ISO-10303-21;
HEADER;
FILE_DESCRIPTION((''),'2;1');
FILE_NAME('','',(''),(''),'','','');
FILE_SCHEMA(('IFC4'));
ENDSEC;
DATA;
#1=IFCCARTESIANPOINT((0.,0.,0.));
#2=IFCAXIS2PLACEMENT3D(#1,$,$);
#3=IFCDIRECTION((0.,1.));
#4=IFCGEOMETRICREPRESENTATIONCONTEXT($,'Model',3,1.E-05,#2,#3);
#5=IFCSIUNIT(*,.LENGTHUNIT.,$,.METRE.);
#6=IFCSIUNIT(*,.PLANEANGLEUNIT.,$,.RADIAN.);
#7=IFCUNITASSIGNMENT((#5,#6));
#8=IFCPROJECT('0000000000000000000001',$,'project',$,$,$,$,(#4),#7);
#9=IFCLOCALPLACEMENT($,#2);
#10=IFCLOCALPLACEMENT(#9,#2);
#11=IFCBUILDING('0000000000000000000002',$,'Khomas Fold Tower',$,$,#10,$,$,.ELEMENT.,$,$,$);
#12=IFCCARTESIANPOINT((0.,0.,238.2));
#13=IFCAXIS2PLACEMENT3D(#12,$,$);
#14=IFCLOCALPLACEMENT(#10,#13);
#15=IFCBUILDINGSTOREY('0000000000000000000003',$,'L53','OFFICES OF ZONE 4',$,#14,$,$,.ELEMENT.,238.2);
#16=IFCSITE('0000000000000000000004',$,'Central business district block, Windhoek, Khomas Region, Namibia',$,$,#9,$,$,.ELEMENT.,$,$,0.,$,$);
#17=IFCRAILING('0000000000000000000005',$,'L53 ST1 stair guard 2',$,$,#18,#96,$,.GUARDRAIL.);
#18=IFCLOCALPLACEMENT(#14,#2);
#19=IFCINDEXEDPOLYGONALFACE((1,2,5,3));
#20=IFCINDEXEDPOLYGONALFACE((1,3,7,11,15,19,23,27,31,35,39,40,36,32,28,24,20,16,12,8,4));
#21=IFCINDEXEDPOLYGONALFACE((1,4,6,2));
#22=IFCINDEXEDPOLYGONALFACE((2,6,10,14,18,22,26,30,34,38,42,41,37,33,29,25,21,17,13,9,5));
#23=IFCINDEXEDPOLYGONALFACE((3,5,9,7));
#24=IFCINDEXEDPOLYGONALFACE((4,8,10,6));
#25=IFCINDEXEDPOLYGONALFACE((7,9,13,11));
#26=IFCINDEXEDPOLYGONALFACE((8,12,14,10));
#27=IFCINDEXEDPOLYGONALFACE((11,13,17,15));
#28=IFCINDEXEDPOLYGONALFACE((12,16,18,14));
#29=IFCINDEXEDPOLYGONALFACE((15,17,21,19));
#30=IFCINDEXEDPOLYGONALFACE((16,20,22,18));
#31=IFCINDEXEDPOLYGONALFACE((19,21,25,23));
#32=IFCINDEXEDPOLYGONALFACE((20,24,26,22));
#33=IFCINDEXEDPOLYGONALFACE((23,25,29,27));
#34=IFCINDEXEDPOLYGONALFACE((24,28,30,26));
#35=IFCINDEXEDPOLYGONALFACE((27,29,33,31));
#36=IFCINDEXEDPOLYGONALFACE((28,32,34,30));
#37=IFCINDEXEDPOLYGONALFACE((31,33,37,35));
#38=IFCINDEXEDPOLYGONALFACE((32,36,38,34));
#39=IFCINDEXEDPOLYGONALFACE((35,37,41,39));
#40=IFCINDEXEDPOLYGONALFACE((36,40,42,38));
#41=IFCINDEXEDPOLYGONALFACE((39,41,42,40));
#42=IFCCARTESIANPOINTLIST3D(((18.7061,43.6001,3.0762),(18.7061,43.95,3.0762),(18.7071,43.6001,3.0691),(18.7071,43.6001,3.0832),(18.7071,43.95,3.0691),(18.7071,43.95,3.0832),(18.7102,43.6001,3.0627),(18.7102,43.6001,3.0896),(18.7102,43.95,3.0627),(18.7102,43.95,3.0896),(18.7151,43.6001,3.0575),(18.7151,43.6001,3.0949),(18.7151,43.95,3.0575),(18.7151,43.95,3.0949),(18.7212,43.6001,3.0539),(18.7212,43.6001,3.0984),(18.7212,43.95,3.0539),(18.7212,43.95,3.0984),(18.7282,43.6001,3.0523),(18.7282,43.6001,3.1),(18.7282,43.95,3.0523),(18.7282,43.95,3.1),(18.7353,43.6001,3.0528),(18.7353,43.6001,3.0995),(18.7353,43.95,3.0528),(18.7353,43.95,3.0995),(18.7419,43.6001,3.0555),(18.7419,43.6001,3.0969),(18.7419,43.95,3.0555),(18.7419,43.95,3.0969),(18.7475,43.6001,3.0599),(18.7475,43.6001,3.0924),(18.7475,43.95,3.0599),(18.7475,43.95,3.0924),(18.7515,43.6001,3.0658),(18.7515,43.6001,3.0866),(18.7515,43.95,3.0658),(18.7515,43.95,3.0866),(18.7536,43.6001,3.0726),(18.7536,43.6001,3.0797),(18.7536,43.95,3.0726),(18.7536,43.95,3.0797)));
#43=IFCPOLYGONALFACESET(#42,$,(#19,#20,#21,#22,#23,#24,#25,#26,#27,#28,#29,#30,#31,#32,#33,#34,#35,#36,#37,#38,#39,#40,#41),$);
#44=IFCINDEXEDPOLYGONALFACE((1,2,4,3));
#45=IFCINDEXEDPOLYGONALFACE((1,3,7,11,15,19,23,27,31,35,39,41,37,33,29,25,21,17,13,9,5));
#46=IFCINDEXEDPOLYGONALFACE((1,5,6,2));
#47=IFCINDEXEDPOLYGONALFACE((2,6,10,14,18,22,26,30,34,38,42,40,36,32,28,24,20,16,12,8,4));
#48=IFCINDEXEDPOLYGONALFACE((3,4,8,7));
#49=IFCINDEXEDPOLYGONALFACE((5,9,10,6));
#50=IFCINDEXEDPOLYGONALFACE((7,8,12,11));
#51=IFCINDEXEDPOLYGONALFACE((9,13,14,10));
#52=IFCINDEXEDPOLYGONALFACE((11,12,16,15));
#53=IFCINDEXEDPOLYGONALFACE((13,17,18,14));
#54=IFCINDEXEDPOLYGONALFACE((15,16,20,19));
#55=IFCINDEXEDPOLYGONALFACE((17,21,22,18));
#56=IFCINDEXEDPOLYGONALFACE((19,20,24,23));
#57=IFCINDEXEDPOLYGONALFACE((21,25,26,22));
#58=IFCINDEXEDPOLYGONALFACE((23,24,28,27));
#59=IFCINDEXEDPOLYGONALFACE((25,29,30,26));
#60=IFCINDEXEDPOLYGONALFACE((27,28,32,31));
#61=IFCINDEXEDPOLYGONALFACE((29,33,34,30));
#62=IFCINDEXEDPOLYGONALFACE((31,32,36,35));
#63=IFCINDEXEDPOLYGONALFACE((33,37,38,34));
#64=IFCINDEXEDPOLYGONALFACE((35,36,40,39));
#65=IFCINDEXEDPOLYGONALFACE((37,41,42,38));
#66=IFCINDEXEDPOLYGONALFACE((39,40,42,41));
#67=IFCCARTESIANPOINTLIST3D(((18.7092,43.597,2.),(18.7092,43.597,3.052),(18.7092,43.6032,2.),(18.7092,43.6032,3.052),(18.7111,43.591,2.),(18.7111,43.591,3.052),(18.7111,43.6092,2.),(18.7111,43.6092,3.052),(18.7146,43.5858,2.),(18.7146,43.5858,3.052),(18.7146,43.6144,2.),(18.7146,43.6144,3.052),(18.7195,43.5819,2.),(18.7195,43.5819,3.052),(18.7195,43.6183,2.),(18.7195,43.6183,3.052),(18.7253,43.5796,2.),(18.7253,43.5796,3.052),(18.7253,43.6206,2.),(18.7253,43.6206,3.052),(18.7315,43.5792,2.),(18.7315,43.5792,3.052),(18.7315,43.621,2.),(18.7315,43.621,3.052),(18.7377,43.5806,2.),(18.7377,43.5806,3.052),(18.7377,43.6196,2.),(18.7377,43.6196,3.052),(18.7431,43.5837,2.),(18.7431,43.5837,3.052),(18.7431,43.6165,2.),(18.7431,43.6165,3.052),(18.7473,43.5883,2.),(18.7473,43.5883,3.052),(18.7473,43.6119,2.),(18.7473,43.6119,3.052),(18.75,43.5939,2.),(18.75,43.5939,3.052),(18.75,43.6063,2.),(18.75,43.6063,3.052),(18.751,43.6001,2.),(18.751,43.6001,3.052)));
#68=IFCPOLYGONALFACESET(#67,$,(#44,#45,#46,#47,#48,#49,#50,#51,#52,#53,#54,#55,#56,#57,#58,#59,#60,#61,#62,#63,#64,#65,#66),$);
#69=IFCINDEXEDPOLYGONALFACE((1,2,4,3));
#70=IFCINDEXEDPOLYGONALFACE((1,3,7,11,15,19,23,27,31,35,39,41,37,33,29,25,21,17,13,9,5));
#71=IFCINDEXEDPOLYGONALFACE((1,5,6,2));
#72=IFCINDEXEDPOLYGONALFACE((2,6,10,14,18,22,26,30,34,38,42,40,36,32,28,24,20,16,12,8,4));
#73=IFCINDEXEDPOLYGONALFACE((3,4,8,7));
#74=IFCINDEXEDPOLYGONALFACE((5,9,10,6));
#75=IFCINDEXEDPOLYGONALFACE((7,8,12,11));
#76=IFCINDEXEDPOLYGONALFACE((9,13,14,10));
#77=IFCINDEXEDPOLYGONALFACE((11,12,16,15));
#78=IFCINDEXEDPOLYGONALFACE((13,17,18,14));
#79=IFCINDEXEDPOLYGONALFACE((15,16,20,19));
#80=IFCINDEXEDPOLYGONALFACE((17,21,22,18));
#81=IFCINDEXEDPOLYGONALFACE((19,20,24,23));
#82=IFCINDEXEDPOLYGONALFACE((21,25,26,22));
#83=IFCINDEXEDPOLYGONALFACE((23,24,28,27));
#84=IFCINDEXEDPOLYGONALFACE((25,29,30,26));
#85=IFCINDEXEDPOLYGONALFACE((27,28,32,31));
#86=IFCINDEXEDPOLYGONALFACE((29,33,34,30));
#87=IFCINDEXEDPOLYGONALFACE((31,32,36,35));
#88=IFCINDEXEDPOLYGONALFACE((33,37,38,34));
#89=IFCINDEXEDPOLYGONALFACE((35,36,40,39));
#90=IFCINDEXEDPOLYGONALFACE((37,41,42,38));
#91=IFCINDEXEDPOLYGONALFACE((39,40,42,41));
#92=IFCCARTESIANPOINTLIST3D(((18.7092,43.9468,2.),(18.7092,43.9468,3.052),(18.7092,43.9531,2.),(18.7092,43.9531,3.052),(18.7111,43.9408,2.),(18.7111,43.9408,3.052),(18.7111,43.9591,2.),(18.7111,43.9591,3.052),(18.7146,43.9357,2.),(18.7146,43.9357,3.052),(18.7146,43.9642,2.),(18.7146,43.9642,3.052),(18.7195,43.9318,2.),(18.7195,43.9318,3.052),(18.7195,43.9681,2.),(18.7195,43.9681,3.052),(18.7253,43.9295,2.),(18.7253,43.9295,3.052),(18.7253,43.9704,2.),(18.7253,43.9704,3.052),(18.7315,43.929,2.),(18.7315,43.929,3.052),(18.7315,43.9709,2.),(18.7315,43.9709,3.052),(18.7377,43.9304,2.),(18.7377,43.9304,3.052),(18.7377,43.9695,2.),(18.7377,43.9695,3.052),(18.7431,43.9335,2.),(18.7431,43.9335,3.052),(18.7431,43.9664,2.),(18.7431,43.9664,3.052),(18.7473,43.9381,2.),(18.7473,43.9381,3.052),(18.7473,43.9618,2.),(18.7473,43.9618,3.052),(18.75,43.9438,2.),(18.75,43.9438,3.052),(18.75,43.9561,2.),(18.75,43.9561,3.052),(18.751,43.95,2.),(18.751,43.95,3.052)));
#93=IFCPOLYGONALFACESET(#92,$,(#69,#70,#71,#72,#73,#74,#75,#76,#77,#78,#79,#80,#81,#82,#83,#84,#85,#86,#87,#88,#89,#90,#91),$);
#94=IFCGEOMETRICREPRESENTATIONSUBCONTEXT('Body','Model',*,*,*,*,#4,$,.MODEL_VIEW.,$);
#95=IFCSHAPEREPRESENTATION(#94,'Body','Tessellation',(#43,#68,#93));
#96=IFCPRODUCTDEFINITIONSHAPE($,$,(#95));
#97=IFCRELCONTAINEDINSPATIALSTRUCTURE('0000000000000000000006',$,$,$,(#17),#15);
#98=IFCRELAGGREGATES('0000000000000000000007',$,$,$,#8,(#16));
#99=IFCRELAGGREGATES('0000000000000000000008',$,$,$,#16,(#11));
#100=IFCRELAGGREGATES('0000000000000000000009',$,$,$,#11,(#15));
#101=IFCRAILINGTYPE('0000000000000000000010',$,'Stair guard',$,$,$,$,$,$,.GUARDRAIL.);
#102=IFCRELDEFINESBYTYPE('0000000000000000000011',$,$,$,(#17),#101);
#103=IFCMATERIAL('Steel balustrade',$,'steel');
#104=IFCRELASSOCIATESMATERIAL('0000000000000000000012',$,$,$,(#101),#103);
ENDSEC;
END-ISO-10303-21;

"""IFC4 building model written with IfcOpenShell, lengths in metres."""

from ifc_helpers import new_model, si_unit, direction, frame, origin, origin_2d, place, context, subcontext, project, spatial, circle, extrude, source, transform, mapped, material, type_object, element, save


model = new_model("IFC4")

# Units and contexts
model_context = context("Model", 3, precision=1e-05, world=origin(), true_north=direction((0.0, 1.0)))
body_context = subcontext(model_context, "Body", "Model", "MODEL_VIEW")
ifc_project = project(units=[si_unit("LENGTHUNIT", "METRE"), si_unit("PLANEANGLEUNIT", "RADIAN")], contexts=[model_context])

# Site, building, storey
site_placement = place(None, origin())
site = spatial("IfcSite", under=ifc_project, at=site_placement, Name="Central business district block, Windhoek, Khomas Region, Namibia", CompositionType="ELEMENT", RefElevation=0.0)
building_placement = place(site_placement, origin())
building = spatial("IfcBuilding", under=site, at=building_placement, Name="Khomas Fold Tower", CompositionType="ELEMENT")
storey_placement = place(building_placement, frame((0.0, 0.0, 238.2)))
storey = spatial("IfcBuildingStorey", under=building, at=storey_placement, Name="L53", Description="OFFICES OF ZONE 4", CompositionType="ELEMENT", Elevation=238.2)

# Railing
ifc_material_1 = material(Name="Steel balustrade", Category="steel")
railing_type_1 = type_object("IfcRailingType", Name="Stair guard", PredefinedType="GUARDRAIL", material=ifc_material_1)
shared_shape_1 = source(origin(), body_context, "Body", "SweptSolid", [
    extrude(circle(Radius=0.0239, at=origin_2d()), frame((0.0, 0.0, 1.0762), z_axis=(0.0, 1.0, 0.0), x_axis=(-1.0, 0.0, 0.0)), (0.0, 0.0, 1.0), 0.3499),
    extrude(circle(Radius=0.021, at=origin_2d()), origin(), (0.0, 0.0, 1.0), 1.052),
    extrude(circle(Radius=0.021, at=origin_2d()), frame((0.0, 0.3499, 0.0)), (0.0, 0.0, 1.0), 1.052),
])
railing_1_placement = place(storey_placement, frame((18.73, 43.6001, 2.0)))
element("IfcRailing", 1, at=railing_1_placement, inside=storey, type_object=railing_type_1, Name="L53 ST1 stair guard 2", PredefinedType="GUARDRAIL", context=body_context, shape_type="MappedRepresentation", body=[
    mapped(shared_shape_1, transform((0.0, 0.0, 0.0))),
])

save(model, "model.ifc")
